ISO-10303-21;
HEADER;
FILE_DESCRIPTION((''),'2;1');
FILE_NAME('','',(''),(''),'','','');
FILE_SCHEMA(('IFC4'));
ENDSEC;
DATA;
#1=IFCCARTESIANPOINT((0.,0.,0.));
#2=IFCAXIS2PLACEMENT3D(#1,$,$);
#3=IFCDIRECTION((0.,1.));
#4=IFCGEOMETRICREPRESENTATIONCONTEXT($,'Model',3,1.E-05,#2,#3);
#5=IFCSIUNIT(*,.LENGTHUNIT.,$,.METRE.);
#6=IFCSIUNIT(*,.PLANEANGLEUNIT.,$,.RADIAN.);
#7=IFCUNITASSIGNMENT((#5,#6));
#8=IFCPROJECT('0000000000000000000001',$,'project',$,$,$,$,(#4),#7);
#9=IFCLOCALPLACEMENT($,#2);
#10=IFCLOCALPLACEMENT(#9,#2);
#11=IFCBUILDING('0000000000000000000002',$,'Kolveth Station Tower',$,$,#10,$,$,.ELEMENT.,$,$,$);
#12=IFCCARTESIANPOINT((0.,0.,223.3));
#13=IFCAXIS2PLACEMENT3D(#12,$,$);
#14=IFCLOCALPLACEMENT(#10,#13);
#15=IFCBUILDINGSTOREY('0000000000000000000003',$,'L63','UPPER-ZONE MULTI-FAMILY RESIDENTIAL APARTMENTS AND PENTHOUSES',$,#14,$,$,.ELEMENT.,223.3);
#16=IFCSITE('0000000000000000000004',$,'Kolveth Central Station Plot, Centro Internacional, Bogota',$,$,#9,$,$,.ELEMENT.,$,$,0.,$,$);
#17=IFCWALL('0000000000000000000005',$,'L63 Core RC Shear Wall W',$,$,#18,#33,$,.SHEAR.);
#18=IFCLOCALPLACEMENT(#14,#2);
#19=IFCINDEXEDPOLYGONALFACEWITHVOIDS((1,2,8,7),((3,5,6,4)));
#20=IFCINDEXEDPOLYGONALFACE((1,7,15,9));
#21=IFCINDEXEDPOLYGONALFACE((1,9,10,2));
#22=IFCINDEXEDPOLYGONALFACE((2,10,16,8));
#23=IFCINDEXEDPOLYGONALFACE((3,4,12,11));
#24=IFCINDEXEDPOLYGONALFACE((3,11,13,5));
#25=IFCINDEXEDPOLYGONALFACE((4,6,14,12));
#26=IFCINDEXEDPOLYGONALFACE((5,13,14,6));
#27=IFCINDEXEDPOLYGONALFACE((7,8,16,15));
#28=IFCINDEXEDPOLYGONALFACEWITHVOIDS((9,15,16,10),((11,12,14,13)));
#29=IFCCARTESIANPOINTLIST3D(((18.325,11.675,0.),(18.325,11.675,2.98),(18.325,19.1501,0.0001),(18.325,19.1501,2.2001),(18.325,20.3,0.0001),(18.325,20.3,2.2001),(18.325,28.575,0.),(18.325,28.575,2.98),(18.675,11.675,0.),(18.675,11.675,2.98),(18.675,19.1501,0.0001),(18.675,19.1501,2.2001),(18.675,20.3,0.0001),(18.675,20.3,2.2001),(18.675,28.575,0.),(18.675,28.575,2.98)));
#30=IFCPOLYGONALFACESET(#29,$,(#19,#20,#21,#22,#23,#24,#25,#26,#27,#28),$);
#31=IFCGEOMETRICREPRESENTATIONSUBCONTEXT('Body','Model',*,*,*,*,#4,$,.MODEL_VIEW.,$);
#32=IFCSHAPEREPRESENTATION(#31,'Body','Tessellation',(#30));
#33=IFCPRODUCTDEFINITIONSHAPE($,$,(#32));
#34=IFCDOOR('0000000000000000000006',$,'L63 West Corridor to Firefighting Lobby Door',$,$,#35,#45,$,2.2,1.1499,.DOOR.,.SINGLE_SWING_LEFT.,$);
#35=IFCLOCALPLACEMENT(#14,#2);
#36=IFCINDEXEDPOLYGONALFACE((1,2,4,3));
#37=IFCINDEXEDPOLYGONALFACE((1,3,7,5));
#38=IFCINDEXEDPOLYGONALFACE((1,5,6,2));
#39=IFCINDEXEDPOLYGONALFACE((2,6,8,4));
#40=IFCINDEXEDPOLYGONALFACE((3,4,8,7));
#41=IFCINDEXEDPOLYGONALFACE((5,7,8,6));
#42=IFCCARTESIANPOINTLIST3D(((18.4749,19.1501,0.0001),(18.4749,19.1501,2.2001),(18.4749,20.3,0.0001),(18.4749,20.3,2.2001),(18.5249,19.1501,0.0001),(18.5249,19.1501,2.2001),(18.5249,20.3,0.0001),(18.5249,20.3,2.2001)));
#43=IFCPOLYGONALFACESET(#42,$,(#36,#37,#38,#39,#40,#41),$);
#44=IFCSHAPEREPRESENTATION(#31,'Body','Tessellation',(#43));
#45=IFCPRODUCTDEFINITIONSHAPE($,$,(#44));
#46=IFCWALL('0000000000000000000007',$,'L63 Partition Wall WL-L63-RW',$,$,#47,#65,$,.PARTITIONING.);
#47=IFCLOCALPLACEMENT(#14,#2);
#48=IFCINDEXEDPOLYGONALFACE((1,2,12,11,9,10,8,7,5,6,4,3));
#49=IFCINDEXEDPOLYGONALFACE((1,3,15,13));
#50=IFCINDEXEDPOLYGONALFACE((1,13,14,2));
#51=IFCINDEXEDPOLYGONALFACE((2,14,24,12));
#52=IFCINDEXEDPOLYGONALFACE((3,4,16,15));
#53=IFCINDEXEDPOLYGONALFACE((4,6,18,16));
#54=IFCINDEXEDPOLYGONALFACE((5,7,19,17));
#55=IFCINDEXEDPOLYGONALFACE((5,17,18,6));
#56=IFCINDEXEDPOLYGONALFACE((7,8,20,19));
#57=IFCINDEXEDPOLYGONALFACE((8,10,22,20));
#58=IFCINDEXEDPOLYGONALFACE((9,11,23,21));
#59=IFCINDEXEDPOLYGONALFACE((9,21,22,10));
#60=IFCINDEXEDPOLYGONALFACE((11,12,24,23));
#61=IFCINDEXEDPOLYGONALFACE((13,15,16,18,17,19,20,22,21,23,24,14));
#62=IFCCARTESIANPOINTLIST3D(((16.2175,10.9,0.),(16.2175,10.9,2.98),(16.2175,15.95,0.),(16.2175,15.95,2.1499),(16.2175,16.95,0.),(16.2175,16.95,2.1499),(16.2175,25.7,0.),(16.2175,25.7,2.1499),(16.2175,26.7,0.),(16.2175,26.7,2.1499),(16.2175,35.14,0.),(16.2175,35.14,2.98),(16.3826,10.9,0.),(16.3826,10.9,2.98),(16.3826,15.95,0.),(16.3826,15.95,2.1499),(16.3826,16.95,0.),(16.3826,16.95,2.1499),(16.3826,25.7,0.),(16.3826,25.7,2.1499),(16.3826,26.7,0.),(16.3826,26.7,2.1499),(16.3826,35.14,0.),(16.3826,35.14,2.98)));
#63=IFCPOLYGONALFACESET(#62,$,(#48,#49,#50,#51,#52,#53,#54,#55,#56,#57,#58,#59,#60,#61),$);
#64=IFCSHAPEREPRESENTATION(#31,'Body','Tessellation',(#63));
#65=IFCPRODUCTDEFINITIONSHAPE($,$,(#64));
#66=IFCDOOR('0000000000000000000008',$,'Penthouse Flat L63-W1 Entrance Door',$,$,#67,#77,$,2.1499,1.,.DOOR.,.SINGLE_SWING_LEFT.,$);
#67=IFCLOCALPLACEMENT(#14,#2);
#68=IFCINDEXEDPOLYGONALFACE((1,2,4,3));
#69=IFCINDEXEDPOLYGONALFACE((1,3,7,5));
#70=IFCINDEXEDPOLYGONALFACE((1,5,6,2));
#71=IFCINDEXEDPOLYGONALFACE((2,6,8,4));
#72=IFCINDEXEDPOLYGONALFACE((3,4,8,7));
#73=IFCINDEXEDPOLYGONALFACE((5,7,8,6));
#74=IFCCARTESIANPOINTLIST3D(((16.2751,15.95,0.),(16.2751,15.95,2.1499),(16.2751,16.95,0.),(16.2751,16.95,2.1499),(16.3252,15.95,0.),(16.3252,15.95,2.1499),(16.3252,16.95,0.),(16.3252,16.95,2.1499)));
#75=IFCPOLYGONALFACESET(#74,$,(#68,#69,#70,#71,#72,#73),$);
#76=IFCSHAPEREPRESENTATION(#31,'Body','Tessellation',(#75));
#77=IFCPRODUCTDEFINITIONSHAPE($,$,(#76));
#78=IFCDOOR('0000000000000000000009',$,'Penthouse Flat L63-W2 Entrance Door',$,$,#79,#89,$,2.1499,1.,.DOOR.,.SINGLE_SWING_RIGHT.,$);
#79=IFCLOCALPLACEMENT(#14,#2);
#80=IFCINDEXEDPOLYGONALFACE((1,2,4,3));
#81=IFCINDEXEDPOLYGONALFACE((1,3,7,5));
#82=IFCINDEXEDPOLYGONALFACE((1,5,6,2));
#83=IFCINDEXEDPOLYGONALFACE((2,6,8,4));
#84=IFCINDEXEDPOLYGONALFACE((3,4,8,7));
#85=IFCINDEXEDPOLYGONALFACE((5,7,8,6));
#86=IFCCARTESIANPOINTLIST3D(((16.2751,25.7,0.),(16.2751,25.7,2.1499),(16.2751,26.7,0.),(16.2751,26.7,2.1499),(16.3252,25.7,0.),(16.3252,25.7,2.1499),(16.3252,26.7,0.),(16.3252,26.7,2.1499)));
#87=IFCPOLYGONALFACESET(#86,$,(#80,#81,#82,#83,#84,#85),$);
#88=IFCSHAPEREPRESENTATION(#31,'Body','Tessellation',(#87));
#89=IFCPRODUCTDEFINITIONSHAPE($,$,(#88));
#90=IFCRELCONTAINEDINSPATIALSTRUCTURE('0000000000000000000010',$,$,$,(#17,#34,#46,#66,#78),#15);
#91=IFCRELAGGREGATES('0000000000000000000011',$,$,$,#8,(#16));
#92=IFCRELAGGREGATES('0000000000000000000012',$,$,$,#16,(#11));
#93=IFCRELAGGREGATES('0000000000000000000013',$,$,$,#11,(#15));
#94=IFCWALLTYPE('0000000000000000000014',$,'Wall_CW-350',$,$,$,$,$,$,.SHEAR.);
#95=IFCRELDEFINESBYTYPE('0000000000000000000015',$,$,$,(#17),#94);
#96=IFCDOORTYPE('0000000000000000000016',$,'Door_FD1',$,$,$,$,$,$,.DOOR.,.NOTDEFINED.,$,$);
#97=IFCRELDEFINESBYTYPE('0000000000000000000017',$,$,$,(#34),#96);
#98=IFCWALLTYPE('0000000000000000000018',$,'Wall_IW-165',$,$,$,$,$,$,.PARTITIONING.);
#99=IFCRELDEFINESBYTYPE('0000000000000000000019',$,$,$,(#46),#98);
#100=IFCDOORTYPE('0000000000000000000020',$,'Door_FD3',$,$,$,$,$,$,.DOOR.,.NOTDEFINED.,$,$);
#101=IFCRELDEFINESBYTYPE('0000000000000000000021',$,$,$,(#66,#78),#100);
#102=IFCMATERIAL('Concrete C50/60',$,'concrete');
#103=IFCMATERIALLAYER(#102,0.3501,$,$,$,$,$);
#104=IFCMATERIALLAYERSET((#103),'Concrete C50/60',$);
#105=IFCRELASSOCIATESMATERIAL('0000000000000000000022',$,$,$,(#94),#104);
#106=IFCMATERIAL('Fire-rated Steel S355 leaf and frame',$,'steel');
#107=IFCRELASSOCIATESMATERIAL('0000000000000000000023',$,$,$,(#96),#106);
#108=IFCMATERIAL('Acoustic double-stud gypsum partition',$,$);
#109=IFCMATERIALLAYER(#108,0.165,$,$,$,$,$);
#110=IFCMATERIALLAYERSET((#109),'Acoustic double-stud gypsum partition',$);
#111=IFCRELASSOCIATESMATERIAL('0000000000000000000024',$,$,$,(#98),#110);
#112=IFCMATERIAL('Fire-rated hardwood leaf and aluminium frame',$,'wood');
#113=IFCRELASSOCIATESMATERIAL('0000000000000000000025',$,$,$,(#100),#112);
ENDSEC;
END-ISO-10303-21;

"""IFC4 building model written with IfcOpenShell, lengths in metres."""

from ifc_helpers import new_model, si_unit, direction, frame, frame_2d, origin, place, context, subcontext, project, spatial, rectangle, extrude, material, layer, layer_set, type_object, element, fill, save


model = new_model("IFC4")

# Units and contexts
model_context = context("Model", 3, precision=1e-05, world=origin(), true_north=direction((0.0, 1.0)))
body_context = subcontext(model_context, "Body", "Model", "MODEL_VIEW")
ifc_project = project(units=[si_unit("LENGTHUNIT", "METRE"), si_unit("PLANEANGLEUNIT", "RADIAN")], contexts=[model_context])

# Site, building, storey
site_placement = place(None, origin())
site = spatial("IfcSite", under=ifc_project, at=site_placement, Name="Kolveth Central Station Plot, Centro Internacional, Bogota", CompositionType="ELEMENT", RefElevation=0.0)
building_placement = place(site_placement, origin())
building = spatial("IfcBuilding", under=site, at=building_placement, Name="Kolveth Station Tower", CompositionType="ELEMENT")
storey_placement = place(building_placement, frame((0.0, 0.0, 223.3)))
storey = spatial("IfcBuildingStorey", under=building, at=storey_placement, Name="L63", Description="UPPER-ZONE MULTI-FAMILY RESIDENTIAL APARTMENTS AND PENTHOUSES", CompositionType="ELEMENT", Elevation=223.3)

# Shared definitions
ifc_material_1 = material(Name="Concrete C50/60", Category="concrete")
ifc_layer_1 = layer(ifc_material_1, 0.3501)
ifc_layer_set_1 = layer_set([ifc_layer_1], Name="Concrete C50/60")
wall_type_1 = type_object("IfcWallType", Name="Wall_CW-350", PredefinedType="SHEAR", material=ifc_layer_set_1)

# Wall, opening, door
wall_1_placement = place(storey_placement, frame((18.5, 11.675, 0.0), z_axis=(0.0, 0.0, 1.0), x_axis=(0.0, 1.0, 0.0)))
wall_1 = element("IfcWall", 1, at=wall_1_placement, inside=storey, type_object=wall_type_1, Name="L63 Core RC Shear Wall W", PredefinedType="SHEAR", context=body_context, shape_type="SweptSolid", body=[
    extrude(rectangle(XDim=16.8999, YDim=0.3501, at=frame_2d((8.45, 0.0))), origin(), (0.0, 0.0, 1.0), 2.98),
])
opening_1_placement = place(wall_1_placement, frame((7.4751, 0.0, 0.0)))
opening_1 = element("IfcOpeningElement", 2, at=opening_1_placement, cuts=wall_1, PredefinedType="OPENING", context=body_context, shape_type="SweptSolid", body=[
    extrude(rectangle(XDim=1.1499, YDim=2.2, at=frame_2d((0.575, 1.1001))), frame((0.0, 0.1851, 0.0), z_axis=(0.0, -1.0, 0.0), x_axis=(1.0, 0.0, 0.0)), (0.0, 0.0, 1.0), 0.3701),
])
ifc_material_2 = material(Name="Fire-rated Steel S355 leaf and frame", Category="steel")
door_type_1 = type_object("IfcDoorType", Name="Door_FD1", OperationType="NOTDEFINED", PredefinedType="DOOR", material=ifc_material_2)
door_1_placement = place(opening_1_placement, frame((1.1499, 0.0, 0.0), z_axis=(0.0, 0.0, 1.0), x_axis=(-1.0, 0.0, 0.0)))
door_1 = element("IfcDoor", 3, at=door_1_placement, inside=storey, type_object=door_type_1, Name="L63 West Corridor to Firefighting Lobby Door", OperationType="SINGLE_SWING_LEFT", OverallHeight=2.2, OverallWidth=1.1499, PredefinedType="DOOR", context=body_context, shape_type="SweptSolid", body=[
    extrude(rectangle(XDim=1.1499, YDim=2.2, at=frame_2d((0.575, 1.1001))), frame((0.0, 0.0249, 0.0), z_axis=(0.0, -1.0, 0.0), x_axis=(1.0, 0.0, 0.0)), (0.0, 0.0, 1.0), 0.05),
])
fill(opening_1, door_1)

# Wall, openings, doors
ifc_material_3 = material(Name="Acoustic double-stud gypsum partition")
ifc_layer_2 = layer(ifc_material_3, 0.165)
ifc_layer_set_2 = layer_set([ifc_layer_2], Name="Acoustic double-stud gypsum partition")
wall_type_2 = type_object("IfcWallType", Name="Wall_IW-165", PredefinedType="PARTITIONING", material=ifc_layer_set_2)
wall_2_placement = place(storey_placement, frame((16.3, 10.8999, 0.0), z_axis=(0.0, 0.0, 1.0), x_axis=(0.0, 1.0, 0.0)))
wall_2 = element("IfcWall", 4, at=wall_2_placement, inside=storey, type_object=wall_type_2, Name="L63 Partition Wall WL-L63-RW", PredefinedType="PARTITIONING", context=body_context, shape_type="SweptSolid", body=[
    extrude(rectangle(XDim=24.24, YDim=0.165, at=frame_2d((12.1201, 0.0))), origin(), (0.0, 0.0, 1.0), 2.98),
])
opening_2_placement = place(wall_2_placement, frame((5.05, 0.0, 0.0)))
opening_2 = element("IfcOpeningElement", 5, at=opening_2_placement, cuts=wall_2, PredefinedType="OPENING", context=body_context, shape_type="SweptSolid", body=[
    extrude(rectangle(XDim=1.0, YDim=2.1499, at=frame_2d((0.5, 1.075))), frame((0.0, 0.0925, 0.0), z_axis=(0.0, -1.0, 0.0), x_axis=(1.0, 0.0, 0.0)), (0.0, 0.0, 1.0), 0.1851),
])
opening_3_placement = place(wall_2_placement, frame((14.8, 0.0, 0.0)))
opening_3 = element("IfcOpeningElement", 6, at=opening_3_placement, cuts=wall_2, PredefinedType="OPENING", context=body_context, shape_type="SweptSolid", body=[
    extrude(rectangle(XDim=1.0, YDim=2.1499, at=frame_2d((0.5, 1.075))), frame((0.0, 0.0925, 0.0), z_axis=(0.0, -1.0, 0.0), x_axis=(1.0, 0.0, 0.0)), (0.0, 0.0, 1.0), 0.1851),
])
ifc_material_4 = material(Name="Fire-rated hardwood leaf and aluminium frame", Category="wood")
door_type_2 = type_object("IfcDoorType", Name="Door_FD3", OperationType="NOTDEFINED", PredefinedType="DOOR", material=ifc_material_4)
door_2_placement = place(opening_2_placement, origin())
door_2 = element("IfcDoor", 7, at=door_2_placement, inside=storey, type_object=door_type_2, Name="Penthouse Flat L63-W1 Entrance Door", OperationType="SINGLE_SWING_LEFT", OverallHeight=2.1499, OverallWidth=1.0, PredefinedType="DOOR", context=body_context, shape_type="SweptSolid", body=[
    extrude(rectangle(XDim=1.0, YDim=2.1499, at=frame_2d((0.5, 1.075))), frame((0.0, 0.0249, 0.0), z_axis=(0.0, -1.0, 0.0), x_axis=(1.0, 0.0, 0.0)), (0.0, 0.0, 1.0), 0.05),
])
fill(opening_2, door_2)
door_3_placement = place(opening_3_placement, origin())
door_3 = element("IfcDoor", 8, at=door_3_placement, inside=storey, type_object=door_type_2, Name="Penthouse Flat L63-W2 Entrance Door", OperationType="SINGLE_SWING_RIGHT", OverallHeight=2.1499, OverallWidth=1.0, PredefinedType="DOOR", context=body_context, shape_type="SweptSolid", body=[
    extrude(rectangle(XDim=1.0, YDim=2.1499, at=frame_2d((0.5, 1.075))), frame((0.0, 0.0249, 0.0), z_axis=(0.0, -1.0, 0.0), x_axis=(1.0, 0.0, 0.0)), (0.0, 0.0, 1.0), 0.05),
])
fill(opening_3, door_3)

save(model, "model.ifc")
